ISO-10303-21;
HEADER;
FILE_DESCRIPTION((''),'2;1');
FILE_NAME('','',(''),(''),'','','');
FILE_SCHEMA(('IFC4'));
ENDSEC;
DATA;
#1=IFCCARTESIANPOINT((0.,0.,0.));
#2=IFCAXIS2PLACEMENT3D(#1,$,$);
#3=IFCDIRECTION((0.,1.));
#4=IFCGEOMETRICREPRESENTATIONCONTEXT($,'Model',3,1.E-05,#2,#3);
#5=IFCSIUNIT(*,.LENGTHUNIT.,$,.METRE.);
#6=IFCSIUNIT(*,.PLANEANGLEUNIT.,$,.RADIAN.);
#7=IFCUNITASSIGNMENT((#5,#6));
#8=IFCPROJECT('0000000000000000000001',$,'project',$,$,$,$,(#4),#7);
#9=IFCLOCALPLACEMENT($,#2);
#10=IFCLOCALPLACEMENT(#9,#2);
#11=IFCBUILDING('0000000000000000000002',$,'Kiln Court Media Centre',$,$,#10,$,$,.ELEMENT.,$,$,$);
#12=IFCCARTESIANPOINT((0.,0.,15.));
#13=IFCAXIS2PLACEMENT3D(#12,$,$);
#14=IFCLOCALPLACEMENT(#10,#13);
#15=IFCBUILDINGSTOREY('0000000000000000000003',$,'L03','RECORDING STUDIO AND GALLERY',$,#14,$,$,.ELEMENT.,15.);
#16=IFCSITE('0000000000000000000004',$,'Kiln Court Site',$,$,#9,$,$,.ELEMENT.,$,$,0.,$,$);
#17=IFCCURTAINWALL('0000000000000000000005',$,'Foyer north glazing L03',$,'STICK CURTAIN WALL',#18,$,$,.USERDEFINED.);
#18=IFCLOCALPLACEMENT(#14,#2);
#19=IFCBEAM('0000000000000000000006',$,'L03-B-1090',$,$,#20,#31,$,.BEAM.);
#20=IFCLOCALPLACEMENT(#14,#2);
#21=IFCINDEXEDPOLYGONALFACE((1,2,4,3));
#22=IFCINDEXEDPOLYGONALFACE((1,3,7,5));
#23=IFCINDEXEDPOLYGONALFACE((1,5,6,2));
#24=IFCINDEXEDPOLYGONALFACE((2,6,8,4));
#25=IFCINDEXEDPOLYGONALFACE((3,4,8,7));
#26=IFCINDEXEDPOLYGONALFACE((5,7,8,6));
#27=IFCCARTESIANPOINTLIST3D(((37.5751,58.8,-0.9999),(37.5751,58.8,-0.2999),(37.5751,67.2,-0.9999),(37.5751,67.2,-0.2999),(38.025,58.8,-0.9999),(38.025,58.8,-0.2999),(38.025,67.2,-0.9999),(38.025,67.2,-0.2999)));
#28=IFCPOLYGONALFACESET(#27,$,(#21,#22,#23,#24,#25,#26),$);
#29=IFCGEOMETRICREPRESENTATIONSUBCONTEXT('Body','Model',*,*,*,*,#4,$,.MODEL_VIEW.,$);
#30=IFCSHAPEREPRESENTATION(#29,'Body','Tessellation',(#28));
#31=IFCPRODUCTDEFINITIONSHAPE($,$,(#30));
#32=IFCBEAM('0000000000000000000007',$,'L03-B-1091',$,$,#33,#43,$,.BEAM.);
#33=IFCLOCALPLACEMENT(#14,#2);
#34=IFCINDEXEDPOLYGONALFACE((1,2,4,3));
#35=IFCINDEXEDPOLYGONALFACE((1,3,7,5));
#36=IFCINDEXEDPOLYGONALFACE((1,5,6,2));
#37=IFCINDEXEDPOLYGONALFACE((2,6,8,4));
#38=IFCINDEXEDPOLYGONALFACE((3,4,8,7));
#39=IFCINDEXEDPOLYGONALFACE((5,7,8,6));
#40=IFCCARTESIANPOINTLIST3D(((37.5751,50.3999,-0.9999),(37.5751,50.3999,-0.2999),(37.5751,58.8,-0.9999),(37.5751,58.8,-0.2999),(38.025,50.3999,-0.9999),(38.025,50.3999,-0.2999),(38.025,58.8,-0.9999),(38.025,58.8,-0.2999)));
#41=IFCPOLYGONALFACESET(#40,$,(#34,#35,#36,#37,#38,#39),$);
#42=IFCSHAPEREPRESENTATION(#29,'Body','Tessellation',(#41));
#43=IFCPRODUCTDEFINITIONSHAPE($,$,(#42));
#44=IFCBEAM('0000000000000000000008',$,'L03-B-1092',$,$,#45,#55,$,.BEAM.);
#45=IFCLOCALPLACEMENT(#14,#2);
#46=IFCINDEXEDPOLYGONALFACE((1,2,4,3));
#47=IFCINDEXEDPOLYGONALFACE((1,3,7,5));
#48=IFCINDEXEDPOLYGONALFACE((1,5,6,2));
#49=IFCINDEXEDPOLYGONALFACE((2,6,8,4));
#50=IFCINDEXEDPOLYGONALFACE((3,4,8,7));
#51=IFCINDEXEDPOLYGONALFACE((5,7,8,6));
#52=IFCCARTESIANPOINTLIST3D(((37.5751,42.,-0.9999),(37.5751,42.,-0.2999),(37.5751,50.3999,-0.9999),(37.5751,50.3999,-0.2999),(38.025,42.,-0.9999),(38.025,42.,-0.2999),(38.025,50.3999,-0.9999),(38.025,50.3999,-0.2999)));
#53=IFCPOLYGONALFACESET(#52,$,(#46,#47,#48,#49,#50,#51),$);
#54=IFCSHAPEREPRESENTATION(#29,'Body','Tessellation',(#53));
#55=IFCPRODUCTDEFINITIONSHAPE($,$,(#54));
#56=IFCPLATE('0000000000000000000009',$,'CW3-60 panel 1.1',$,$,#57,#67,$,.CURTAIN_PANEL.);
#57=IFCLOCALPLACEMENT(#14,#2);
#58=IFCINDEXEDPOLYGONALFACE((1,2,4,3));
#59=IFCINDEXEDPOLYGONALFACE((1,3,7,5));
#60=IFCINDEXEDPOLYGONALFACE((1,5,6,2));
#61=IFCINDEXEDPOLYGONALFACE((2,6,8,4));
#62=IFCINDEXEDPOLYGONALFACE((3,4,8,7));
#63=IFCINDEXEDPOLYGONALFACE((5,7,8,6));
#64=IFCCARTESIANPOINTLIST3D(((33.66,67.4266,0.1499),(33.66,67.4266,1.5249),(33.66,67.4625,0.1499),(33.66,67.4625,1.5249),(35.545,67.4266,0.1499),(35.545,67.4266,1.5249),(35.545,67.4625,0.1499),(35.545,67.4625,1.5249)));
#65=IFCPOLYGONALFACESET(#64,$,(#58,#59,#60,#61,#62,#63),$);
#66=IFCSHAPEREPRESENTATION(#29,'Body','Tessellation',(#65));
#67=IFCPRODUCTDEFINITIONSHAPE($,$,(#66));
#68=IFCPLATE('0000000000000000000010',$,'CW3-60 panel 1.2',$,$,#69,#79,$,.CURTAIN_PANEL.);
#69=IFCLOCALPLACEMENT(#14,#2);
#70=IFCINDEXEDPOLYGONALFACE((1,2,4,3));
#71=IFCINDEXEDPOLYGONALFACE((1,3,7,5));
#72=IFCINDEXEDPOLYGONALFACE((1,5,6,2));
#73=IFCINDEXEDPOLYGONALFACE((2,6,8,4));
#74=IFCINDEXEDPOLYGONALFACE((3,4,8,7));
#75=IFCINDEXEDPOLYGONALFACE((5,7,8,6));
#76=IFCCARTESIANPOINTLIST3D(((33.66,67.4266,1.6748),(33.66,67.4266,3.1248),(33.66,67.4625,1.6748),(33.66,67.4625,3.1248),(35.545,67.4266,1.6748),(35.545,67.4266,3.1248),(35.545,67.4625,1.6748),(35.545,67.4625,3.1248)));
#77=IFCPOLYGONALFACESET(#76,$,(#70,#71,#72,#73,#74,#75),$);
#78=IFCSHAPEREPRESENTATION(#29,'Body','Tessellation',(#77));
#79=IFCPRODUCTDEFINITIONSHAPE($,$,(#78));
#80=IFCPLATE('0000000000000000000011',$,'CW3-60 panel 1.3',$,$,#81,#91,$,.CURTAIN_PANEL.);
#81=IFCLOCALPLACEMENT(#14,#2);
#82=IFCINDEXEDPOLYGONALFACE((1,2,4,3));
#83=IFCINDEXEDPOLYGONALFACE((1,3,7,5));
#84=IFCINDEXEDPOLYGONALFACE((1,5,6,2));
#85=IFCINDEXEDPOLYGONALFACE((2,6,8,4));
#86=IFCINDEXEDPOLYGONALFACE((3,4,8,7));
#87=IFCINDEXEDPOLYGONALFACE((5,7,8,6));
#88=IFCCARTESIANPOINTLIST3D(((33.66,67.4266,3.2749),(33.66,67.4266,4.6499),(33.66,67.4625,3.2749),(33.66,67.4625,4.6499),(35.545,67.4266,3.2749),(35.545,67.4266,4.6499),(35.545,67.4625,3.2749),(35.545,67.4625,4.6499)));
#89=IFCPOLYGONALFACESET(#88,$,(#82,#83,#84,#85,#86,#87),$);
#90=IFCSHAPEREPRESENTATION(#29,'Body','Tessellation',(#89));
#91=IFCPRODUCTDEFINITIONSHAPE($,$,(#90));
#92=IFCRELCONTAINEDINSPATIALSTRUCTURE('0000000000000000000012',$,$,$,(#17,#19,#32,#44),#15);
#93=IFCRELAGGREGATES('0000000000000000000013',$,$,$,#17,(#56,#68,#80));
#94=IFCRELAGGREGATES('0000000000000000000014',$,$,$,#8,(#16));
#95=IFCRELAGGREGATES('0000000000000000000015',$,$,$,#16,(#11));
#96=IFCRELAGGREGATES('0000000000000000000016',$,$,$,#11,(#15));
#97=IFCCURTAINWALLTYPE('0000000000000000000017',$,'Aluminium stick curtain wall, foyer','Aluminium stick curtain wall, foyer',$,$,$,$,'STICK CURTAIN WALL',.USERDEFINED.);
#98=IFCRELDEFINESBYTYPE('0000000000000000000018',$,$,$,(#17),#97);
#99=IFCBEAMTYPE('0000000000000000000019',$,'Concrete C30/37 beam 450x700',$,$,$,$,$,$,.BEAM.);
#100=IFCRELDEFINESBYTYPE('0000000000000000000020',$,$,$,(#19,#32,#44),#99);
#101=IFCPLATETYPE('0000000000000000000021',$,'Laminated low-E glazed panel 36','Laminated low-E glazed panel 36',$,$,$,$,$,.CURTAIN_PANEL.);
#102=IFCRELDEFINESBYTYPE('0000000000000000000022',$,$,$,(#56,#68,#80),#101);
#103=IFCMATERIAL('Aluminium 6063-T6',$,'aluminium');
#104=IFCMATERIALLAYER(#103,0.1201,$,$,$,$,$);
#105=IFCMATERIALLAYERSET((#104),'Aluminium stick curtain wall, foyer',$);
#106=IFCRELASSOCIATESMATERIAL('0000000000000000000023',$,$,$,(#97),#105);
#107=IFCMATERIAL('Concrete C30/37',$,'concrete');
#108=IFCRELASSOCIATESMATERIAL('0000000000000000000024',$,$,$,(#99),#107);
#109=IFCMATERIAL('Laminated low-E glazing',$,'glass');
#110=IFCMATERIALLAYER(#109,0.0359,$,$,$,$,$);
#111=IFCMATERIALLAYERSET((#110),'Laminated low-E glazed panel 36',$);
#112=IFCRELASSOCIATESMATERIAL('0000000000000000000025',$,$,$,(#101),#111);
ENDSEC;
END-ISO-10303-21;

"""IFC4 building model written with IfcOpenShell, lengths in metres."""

from ifc_helpers import new_model, si_unit, direction, frame, origin, origin_2d, place, context, subcontext, project, spatial, rectangle, extrude, material, layer, layer_set, material_profile, profile_set, type_object, element, aggregate, save


model = new_model("IFC4")

# Units and contexts
model_context = context("Model", 3, precision=1e-05, world=origin(), true_north=direction((0.0, 1.0)))
body_context = subcontext(model_context, "Body", "Model", "MODEL_VIEW")
ifc_project = project(units=[si_unit("LENGTHUNIT", "METRE"), si_unit("PLANEANGLEUNIT", "RADIAN")], contexts=[model_context])

# Site, building, storey
site_placement = place(None, origin())
site = spatial("IfcSite", under=ifc_project, at=site_placement, Name="Kiln Court Site", CompositionType="ELEMENT", RefElevation=0.0)
building_placement = place(site_placement, origin())
building = spatial("IfcBuilding", under=site, at=building_placement, Name="Kiln Court Media Centre", CompositionType="ELEMENT")
storey_placement = place(building_placement, frame((0.0, 0.0, 15.0)))
storey = spatial("IfcBuildingStorey", under=building, at=storey_placement, Name="L03", Description="RECORDING STUDIO AND GALLERY", CompositionType="ELEMENT", Elevation=15.0)

# Curtain wall
ifc_material_1 = material(Name="Aluminium 6063-T6", Category="aluminium")
ifc_layer_1 = layer(ifc_material_1, 0.1201)
ifc_layer_set_1 = layer_set([ifc_layer_1], Name="Aluminium stick curtain wall, foyer")
curtain_wall_type = type_object("IfcCurtainWallType", Name="Aluminium stick curtain wall, foyer", Description="Aluminium stick curtain wall, foyer", ElementType="STICK CURTAIN WALL", PredefinedType="USERDEFINED", material=ifc_layer_set_1)
curtain_wall_placement = place(storey_placement, origin())
curtain_wall = element("IfcCurtainWall", 1, at=curtain_wall_placement, inside=storey, type_object=curtain_wall_type, Name="Foyer north glazing L03", ObjectType="STICK CURTAIN WALL", PredefinedType="USERDEFINED")

# Beams
ifc_material_2 = material(Name="Concrete C30/37", Category="concrete")
ifc_material_profile_1 = material_profile(ifc_material_2, rectangle(XDim=0.45, YDim=0.7, at=origin_2d()), Name="RC 450x700")
ifc_profile_set_1 = profile_set([ifc_material_profile_1], Name="Concrete C30/37")
beam_type_1 = type_object("IfcBeamType", Name="Concrete C30/37 beam 450x700", PredefinedType="BEAM", material=ifc_profile_set_1)
beam_1_placement = place(storey_placement, frame((37.8, 67.2, -0.6499), z_axis=(0.0, -1.0, 0.0), x_axis=(1.0, 0.0, 0.0)))
element("IfcBeam", 2, at=beam_1_placement, inside=storey, type_object=beam_type_1, Name="L03-B-1090", PredefinedType="BEAM", context=body_context, shape_type="SweptSolid", body=[
    extrude(rectangle(XDim=0.45, YDim=0.7, at=origin_2d()), origin(), (0.0, 0.0, 1.0), 8.3999),
])
beam_2_placement = place(storey_placement, frame((37.8, 58.8, -0.6499), z_axis=(0.0, -1.0, 0.0), x_axis=(1.0, 0.0, 0.0)))
element("IfcBeam", 3, at=beam_2_placement, inside=storey, type_object=beam_type_1, Name="L03-B-1091", PredefinedType="BEAM", context=body_context, shape_type="SweptSolid", body=[
    extrude(rectangle(XDim=0.45, YDim=0.7, at=origin_2d()), origin(), (0.0, 0.0, 1.0), 8.4001),
])
beam_3_placement = place(storey_placement, frame((37.8, 50.3999, -0.6499), z_axis=(0.0, -1.0, 0.0), x_axis=(1.0, 0.0, 0.0)))
element("IfcBeam", 4, at=beam_3_placement, inside=storey, type_object=beam_type_1, Name="L03-B-1092", PredefinedType="BEAM", context=body_context, shape_type="SweptSolid", body=[
    extrude(rectangle(XDim=0.45, YDim=0.7, at=origin_2d()), origin(), (0.0, 0.0, 1.0), 8.3999),
])

# Plates
ifc_material_3 = material(Name="Laminated low-E glazing", Category="glass")
ifc_layer_2 = layer(ifc_material_3, 0.0359)
ifc_layer_set_2 = layer_set([ifc_layer_2], Name="Laminated low-E glazed panel 36")
plate_type = type_object("IfcPlateType", Name="Laminated low-E glazed panel 36", Description="Laminated low-E glazed panel 36", PredefinedType="CURTAIN_PANEL", material=ifc_layer_set_2)
plate_1_placement = place(storey_placement, frame((34.6025, 67.4446, 0.1499), z_axis=(0.0, 0.0, 1.0), x_axis=(1.0, 0.0, 0.0)))
plate_1 = element("IfcPlate", 5, at=plate_1_placement, type_object=plate_type, Name="CW3-60 panel 1.1", PredefinedType="CURTAIN_PANEL", context=body_context, shape_type="SweptSolid", body=[
    extrude(rectangle(XDim=1.885, YDim=0.0359, at=origin_2d()), origin(), (0.0, 0.0, 1.0), 1.375),
])
plate_2_placement = place(storey_placement, frame((34.6025, 67.4446, 1.6748), z_axis=(0.0, 0.0, 1.0), x_axis=(1.0, 0.0, 0.0)))
plate_2 = element("IfcPlate", 6, at=plate_2_placement, type_object=plate_type, Name="CW3-60 panel 1.2", PredefinedType="CURTAIN_PANEL", context=body_context, shape_type="SweptSolid", body=[
    extrude(rectangle(XDim=1.885, YDim=0.0359, at=origin_2d()), origin(), (0.0, 0.0, 1.0), 1.45),
])
plate_3_placement = place(storey_placement, frame((34.6025, 67.4446, 3.2749), z_axis=(0.0, 0.0, 1.0), x_axis=(1.0, 0.0, 0.0)))
plate_3 = element("IfcPlate", 7, at=plate_3_placement, type_object=plate_type, Name="CW3-60 panel 1.3", PredefinedType="CURTAIN_PANEL", context=body_context, shape_type="SweptSolid", body=[
    extrude(rectangle(XDim=1.885, YDim=0.0359, at=origin_2d()), origin(), (0.0, 0.0, 1.0), 1.375),
])
aggregate(curtain_wall, [plate_1, plate_2, plate_3])

save(model, "model.ifc")
